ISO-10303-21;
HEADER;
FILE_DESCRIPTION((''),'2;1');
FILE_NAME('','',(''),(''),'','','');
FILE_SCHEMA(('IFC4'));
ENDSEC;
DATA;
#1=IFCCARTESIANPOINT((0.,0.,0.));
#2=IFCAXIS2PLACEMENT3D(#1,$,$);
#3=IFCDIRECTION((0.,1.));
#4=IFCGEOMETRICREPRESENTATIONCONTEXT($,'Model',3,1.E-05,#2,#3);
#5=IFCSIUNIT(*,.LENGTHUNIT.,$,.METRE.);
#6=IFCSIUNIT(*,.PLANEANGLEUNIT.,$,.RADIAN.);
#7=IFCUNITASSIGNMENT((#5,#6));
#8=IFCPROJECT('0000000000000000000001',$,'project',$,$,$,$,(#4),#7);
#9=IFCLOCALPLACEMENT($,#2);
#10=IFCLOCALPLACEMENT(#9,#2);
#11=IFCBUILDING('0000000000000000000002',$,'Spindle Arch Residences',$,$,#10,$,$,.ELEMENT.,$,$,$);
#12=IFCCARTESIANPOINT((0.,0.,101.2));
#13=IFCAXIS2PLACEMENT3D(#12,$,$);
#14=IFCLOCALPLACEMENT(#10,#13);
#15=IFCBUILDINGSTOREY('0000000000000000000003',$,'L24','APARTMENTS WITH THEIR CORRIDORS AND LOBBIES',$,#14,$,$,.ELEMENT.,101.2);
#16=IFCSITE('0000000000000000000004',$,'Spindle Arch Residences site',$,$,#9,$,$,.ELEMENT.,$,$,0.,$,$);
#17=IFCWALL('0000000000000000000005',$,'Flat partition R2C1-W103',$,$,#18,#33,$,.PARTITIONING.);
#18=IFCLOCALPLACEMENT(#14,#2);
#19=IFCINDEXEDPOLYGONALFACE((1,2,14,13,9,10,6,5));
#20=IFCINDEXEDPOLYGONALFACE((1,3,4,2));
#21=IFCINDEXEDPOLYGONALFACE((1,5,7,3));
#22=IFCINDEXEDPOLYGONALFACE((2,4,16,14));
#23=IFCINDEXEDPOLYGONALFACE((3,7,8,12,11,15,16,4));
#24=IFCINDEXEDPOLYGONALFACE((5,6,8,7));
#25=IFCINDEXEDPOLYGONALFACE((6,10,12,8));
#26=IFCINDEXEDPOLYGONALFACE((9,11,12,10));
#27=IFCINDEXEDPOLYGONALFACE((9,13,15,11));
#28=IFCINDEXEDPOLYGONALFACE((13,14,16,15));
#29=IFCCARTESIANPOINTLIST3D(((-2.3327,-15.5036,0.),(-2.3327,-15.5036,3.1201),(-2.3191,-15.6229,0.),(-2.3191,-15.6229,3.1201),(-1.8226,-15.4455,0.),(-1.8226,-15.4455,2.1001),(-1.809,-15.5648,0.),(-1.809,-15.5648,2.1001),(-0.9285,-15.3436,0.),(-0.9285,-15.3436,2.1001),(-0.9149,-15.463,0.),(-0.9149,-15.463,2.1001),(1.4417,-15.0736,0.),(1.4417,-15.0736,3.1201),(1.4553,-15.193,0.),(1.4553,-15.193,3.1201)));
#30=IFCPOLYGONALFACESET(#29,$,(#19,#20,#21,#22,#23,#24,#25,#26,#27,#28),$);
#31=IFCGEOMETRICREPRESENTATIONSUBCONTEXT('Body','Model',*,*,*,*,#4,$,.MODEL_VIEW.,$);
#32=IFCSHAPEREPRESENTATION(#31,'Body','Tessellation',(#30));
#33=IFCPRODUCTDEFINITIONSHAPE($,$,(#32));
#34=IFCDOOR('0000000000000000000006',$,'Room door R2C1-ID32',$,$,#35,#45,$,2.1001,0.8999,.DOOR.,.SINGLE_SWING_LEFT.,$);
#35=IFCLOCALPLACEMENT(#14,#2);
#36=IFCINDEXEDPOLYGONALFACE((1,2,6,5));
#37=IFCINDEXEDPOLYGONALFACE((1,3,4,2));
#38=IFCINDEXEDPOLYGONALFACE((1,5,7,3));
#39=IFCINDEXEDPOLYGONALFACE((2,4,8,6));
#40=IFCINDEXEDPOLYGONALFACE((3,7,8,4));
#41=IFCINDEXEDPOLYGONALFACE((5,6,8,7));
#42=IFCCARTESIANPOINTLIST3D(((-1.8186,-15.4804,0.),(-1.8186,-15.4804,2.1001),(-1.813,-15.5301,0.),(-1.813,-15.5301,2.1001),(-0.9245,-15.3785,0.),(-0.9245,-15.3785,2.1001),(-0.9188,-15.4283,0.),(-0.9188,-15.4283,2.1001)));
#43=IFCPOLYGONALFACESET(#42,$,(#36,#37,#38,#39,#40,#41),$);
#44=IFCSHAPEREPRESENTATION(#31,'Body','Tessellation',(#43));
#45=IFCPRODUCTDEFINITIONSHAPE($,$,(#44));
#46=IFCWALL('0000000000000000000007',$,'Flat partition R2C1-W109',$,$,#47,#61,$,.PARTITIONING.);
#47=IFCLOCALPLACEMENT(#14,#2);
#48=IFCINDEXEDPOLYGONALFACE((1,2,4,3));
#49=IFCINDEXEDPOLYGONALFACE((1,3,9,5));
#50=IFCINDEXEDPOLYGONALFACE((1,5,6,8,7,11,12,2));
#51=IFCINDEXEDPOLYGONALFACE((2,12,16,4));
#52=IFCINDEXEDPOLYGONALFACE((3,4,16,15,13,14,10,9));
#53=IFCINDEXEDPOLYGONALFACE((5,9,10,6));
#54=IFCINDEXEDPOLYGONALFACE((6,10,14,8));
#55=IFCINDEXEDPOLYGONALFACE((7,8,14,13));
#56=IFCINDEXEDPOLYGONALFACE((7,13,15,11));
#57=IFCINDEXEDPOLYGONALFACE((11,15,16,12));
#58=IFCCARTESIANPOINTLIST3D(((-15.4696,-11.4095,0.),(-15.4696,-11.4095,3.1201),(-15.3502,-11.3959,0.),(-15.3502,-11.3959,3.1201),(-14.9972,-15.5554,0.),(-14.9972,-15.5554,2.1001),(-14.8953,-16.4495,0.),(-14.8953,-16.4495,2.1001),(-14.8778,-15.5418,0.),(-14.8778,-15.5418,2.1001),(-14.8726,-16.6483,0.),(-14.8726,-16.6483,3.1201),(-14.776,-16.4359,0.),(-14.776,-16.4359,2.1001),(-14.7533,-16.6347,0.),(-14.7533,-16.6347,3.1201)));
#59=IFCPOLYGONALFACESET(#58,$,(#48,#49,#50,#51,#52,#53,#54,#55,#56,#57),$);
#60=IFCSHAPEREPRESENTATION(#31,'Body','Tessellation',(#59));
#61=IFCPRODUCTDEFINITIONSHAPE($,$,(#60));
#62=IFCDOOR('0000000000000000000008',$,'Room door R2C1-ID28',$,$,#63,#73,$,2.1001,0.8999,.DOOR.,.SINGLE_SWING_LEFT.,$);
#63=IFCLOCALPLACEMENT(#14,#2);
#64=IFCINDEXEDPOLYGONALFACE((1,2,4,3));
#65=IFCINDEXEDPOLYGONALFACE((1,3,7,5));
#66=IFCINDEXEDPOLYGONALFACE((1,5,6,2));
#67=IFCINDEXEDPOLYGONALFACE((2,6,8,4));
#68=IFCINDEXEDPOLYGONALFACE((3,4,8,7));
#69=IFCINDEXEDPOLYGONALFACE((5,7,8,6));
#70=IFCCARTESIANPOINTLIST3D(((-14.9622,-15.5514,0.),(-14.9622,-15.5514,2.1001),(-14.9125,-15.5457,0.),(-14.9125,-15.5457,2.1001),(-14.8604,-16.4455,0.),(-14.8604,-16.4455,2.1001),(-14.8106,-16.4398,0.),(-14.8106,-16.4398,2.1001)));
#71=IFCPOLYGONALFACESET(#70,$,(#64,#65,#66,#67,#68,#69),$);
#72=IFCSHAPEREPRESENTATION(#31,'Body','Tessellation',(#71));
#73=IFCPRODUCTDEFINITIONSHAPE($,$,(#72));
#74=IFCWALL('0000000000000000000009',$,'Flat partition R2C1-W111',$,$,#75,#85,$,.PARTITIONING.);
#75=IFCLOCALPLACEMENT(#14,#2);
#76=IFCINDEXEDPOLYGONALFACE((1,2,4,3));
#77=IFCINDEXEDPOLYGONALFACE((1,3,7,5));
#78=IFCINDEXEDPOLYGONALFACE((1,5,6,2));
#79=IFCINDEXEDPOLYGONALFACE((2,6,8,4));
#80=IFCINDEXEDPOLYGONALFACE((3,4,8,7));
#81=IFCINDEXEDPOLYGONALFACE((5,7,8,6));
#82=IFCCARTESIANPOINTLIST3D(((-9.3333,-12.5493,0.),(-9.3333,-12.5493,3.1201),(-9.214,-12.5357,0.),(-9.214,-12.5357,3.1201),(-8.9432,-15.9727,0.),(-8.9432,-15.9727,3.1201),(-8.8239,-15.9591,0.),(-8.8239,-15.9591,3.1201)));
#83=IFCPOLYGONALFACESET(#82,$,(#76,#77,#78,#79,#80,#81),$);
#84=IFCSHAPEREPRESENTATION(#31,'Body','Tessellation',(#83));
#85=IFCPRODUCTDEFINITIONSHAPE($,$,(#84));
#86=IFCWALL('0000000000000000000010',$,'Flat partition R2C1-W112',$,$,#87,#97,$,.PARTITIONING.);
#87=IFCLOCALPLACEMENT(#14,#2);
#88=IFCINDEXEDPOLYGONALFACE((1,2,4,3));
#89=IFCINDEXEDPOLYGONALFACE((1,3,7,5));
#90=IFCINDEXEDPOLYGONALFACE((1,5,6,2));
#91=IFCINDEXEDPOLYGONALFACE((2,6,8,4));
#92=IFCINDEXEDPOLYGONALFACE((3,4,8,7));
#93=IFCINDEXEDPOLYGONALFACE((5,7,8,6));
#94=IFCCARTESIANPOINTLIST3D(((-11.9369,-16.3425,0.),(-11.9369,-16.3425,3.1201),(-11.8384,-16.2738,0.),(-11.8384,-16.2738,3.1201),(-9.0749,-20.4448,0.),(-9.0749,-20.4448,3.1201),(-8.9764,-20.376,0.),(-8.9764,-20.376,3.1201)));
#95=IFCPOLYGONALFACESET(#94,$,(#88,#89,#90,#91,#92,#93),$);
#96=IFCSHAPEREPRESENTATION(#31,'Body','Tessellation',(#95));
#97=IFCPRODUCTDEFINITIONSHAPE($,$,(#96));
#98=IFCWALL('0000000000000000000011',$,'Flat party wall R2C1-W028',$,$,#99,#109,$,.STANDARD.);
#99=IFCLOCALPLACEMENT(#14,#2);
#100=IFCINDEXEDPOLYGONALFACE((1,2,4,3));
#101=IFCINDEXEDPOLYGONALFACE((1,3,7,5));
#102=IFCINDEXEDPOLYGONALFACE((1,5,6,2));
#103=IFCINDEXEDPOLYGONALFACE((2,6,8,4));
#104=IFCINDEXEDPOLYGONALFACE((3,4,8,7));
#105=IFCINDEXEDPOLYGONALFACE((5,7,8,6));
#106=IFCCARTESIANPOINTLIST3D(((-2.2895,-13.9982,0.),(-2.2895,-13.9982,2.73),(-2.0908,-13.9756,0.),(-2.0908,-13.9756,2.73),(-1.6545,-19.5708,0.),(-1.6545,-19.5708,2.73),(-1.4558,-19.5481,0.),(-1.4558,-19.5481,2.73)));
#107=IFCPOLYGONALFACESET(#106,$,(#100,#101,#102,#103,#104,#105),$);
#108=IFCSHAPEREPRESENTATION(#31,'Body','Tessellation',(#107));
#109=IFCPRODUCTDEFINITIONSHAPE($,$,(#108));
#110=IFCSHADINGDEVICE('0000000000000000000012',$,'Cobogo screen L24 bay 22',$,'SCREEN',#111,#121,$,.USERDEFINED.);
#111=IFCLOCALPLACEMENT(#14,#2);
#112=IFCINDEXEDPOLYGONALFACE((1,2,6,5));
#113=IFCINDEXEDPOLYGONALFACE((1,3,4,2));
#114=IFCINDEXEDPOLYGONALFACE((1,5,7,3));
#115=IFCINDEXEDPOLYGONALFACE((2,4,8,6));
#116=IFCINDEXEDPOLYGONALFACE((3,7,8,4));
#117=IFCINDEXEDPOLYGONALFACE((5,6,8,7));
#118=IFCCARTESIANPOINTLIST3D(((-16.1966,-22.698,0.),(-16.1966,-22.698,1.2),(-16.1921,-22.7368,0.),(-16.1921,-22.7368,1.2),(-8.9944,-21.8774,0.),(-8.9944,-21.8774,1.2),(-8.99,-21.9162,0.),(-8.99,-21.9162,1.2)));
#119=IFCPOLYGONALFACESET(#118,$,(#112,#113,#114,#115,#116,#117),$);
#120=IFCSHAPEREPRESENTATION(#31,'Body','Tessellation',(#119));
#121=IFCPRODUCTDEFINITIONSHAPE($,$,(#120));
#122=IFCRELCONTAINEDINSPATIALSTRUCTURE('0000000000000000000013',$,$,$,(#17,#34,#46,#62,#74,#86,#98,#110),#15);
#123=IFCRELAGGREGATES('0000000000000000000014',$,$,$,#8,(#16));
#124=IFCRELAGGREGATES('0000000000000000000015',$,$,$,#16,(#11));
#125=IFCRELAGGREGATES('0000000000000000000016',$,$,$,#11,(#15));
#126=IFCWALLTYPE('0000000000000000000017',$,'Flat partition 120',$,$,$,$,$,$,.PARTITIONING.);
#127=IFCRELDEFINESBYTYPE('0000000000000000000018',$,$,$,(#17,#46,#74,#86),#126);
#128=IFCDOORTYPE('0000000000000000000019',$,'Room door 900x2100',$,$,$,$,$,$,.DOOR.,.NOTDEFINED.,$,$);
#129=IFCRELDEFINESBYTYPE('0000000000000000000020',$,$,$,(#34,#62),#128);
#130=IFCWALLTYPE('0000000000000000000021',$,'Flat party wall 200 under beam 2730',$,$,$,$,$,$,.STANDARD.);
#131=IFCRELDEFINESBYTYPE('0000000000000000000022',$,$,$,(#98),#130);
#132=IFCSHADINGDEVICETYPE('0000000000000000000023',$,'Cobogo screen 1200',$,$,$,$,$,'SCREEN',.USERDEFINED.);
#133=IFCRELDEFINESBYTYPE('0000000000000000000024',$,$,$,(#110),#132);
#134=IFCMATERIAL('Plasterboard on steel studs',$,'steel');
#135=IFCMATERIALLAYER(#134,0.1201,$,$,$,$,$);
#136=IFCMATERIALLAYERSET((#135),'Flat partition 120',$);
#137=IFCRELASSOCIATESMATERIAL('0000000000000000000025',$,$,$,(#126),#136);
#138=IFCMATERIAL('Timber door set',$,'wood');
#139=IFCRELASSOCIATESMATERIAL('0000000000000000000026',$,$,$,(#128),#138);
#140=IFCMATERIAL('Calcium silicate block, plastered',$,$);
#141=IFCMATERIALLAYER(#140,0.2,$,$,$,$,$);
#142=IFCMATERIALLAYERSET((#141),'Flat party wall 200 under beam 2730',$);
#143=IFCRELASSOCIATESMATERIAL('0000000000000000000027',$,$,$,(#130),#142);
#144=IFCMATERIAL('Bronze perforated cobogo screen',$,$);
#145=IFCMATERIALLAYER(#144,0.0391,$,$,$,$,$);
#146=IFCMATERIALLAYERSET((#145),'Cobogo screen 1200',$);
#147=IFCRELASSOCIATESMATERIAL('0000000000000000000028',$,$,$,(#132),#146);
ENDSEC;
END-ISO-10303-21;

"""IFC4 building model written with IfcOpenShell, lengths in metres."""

from ifc_helpers import new_model, si_unit, direction, frame, frame_2d, origin, origin_2d, place, context, subcontext, project, spatial, rectangle, extrude, material, layer, layer_set, type_object, element, fill, save


model = new_model("IFC4")

# Units and contexts
model_context = context("Model", 3, precision=1e-05, world=origin(), true_north=direction((0.0, 1.0)))
body_context = subcontext(model_context, "Body", "Model", "MODEL_VIEW")
ifc_project = project(units=[si_unit("LENGTHUNIT", "METRE"), si_unit("PLANEANGLEUNIT", "RADIAN")], contexts=[model_context])

# Site, building, storey
site_placement = place(None, origin())
site = spatial("IfcSite", under=ifc_project, at=site_placement, Name="Spindle Arch Residences site", CompositionType="ELEMENT", RefElevation=0.0)
building_placement = place(site_placement, origin())
building = spatial("IfcBuilding", under=site, at=building_placement, Name="Spindle Arch Residences", CompositionType="ELEMENT")
storey_placement = place(building_placement, frame((0.0, 0.0, 101.2)))
storey = spatial("IfcBuildingStorey", under=building, at=storey_placement, Name="L24", Description="APARTMENTS WITH THEIR CORRIDORS AND LOBBIES", CompositionType="ELEMENT", Elevation=101.2)

# Walls, openings, doors
ifc_material_1 = material(Name="Plasterboard on steel studs", Category="steel")
ifc_layer_1 = layer(ifc_material_1, 0.1201)
ifc_layer_set_1 = layer_set([ifc_layer_1], Name="Flat partition 120")
wall_type_1 = type_object("IfcWallType", Name="Flat partition 120", PredefinedType="PARTITIONING", material=ifc_layer_set_1)
wall_1_placement = place(storey_placement, frame((-2.3259, -15.5632, 0.0), z_axis=(0.0, 0.0, 1.0), x_axis=(0.993575, 0.113175, 0.0)))
wall_1 = element("IfcWall", 1, at=wall_1_placement, inside=storey, type_object=wall_type_1, Name="Flat partition R2C1-W103", PredefinedType="PARTITIONING", context=body_context, shape_type="SweptSolid", body=[
    extrude(rectangle(XDim=3.7988, YDim=0.1201, at=frame_2d((1.8994, 0.0))), origin(), (0.0, 0.0, 1.0), 3.1201),
])
opening_1_placement = place(wall_1_placement, frame((0.5134, 0.0, 0.0)))
opening_1 = element("IfcOpeningElement", 2, at=opening_1_placement, cuts=wall_1, PredefinedType="OPENING", context=body_context, shape_type="SweptSolid", body=[
    extrude(rectangle(XDim=0.8999, YDim=2.1001, at=frame_2d((0.45, 1.05))), frame((0.0, 0.0701, 0.0), z_axis=(0.0, -1.0, 0.0), x_axis=(1.0, 0.0, 0.0)), (0.0, 0.0, 1.0), 0.1401),
])
ifc_material_2 = material(Name="Timber door set", Category="wood")
door_type_1 = type_object("IfcDoorType", Name="Room door 900x2100", OperationType="NOTDEFINED", PredefinedType="DOOR", material=ifc_material_2)
door_1_placement = place(opening_1_placement, origin())
door_1 = element("IfcDoor", 3, at=door_1_placement, inside=storey, type_object=door_type_1, Name="Room door R2C1-ID32", OperationType="SINGLE_SWING_LEFT", OverallHeight=2.1001, OverallWidth=0.8999, PredefinedType="DOOR", context=body_context, shape_type="SweptSolid", body=[
    extrude(rectangle(XDim=0.8999, YDim=2.1001, at=frame_2d((0.45, 1.05))), frame((0.0, 0.0249, 0.0), z_axis=(0.0, -1.0, 0.0), x_axis=(1.0, 0.0, 0.0)), (0.0, 0.0, 1.0), 0.05),
])
fill(opening_1, door_1)
wall_2_placement = place(storey_placement, frame((-14.813, -16.6414, 0.0), z_axis=(0.0, 0.0, 1.0), x_axis=(-0.113211, 0.993571, 0.0)))
wall_2 = element("IfcWall", 4, at=wall_2_placement, inside=storey, type_object=wall_type_1, Name="Flat partition R2C1-W109", PredefinedType="PARTITIONING", context=body_context, shape_type="SweptSolid", body=[
    extrude(rectangle(XDim=5.2727, YDim=0.1201, at=frame_2d((2.6362, 0.0))), origin(), (0.0, 0.0, 1.0), 3.1201),
])
opening_2_placement = place(wall_2_placement, frame((0.2, 0.0, 0.0)))
opening_2 = element("IfcOpeningElement", 5, at=opening_2_placement, cuts=wall_2, PredefinedType="OPENING", context=body_context, shape_type="SweptSolid", body=[
    extrude(rectangle(XDim=0.8999, YDim=2.1001, at=frame_2d((0.45, 1.05))), frame((0.0, 0.0701, 0.0), z_axis=(0.0, -1.0, 0.0), x_axis=(1.0, 0.0, 0.0)), (0.0, 0.0, 1.0), 0.1401),
])
door_2_placement = place(opening_2_placement, origin())
door_2 = element("IfcDoor", 6, at=door_2_placement, inside=storey, type_object=door_type_1, Name="Room door R2C1-ID28", OperationType="SINGLE_SWING_LEFT", OverallHeight=2.1001, OverallWidth=0.8999, PredefinedType="DOOR", context=body_context, shape_type="SweptSolid", body=[
    extrude(rectangle(XDim=0.8999, YDim=2.1001, at=frame_2d((0.45, 1.05))), frame((0.0, 0.0249, 0.0), z_axis=(0.0, -1.0, 0.0), x_axis=(1.0, 0.0, 0.0)), (0.0, 0.0, 1.0), 0.05),
])
fill(opening_2, door_2)

# Walls
wall_3_placement = place(storey_placement, frame((-8.8835, -15.9658, 0.0), z_axis=(0.0, 0.0, 1.0), x_axis=(-0.113231, 0.993569, 0.0)))
element("IfcWall", 7, at=wall_3_placement, inside=storey, type_object=wall_type_1, Name="Flat partition R2C1-W111", PredefinedType="PARTITIONING", context=body_context, shape_type="SweptSolid", body=[
    extrude(rectangle(XDim=3.4456, YDim=0.1201, at=frame_2d((1.7227, 0.0))), origin(), (0.0, 0.0, 1.0), 3.1201),
])
wall_4_placement = place(storey_placement, frame((-9.0256, -20.4104, 0.0), z_axis=(0.0, 0.0, 1.0), x_axis=(-0.572181, 0.820127, 0.0)))
element("IfcWall", 8, at=wall_4_placement, inside=storey, type_object=wall_type_1, Name="Flat partition R2C1-W112", PredefinedType="PARTITIONING", context=body_context, shape_type="SweptSolid", body=[
    extrude(rectangle(XDim=5.002, YDim=0.1201, at=frame_2d((2.501, 0.0))), origin(), (0.0, 0.0, 1.0), 3.1201),
])
ifc_material_3 = material(Name="Calcium silicate block, plastered")
ifc_layer_2 = layer(ifc_material_3, 0.2)
ifc_layer_set_2 = layer_set([ifc_layer_2], Name="Flat party wall 200 under beam 2730")
wall_type_2 = type_object("IfcWallType", Name="Flat party wall 200 under beam 2730", PredefinedType="STANDARD", material=ifc_layer_set_2)
wall_5_placement = place(storey_placement, frame((-1.5552, -19.5593, 0.0), z_axis=(0.0, 0.0, 1.0), x_axis=(-0.113221, 0.99357, 0.0)))
element("IfcWall", 9, at=wall_5_placement, inside=storey, type_object=wall_type_2, Name="Flat party wall R2C1-W028", PredefinedType="STANDARD", context=body_context, shape_type="SweptSolid", body=[
    extrude(rectangle(XDim=5.6086, YDim=0.2, at=frame_2d((2.8042, 0.0))), origin(), (0.0, 0.0, 1.0), 2.73),
])

# Shading device
ifc_material_4 = material(Name="Bronze perforated cobogo screen")
ifc_layer_3 = layer(ifc_material_4, 0.0391)
ifc_layer_set_3 = layer_set([ifc_layer_3], Name="Cobogo screen 1200")
shading_device_type = type_object("IfcShadingDeviceType", Name="Cobogo screen 1200", ElementType="SCREEN", PredefinedType="USERDEFINED", material=ifc_layer_set_3)
shading_device_placement = place(storey_placement, frame((-12.5933, -22.3071, 0.0), z_axis=(0.0, 0.0, 1.0), x_axis=(0.993572, 0.113203, 0.0)))
element("IfcShadingDevice", 10, at=shading_device_placement, inside=storey, type_object=shading_device_type, Name="Cobogo screen L24 bay 22", ObjectType="SCREEN", PredefinedType="USERDEFINED", context=body_context, shape_type="SweptSolid", body=[
    extrude(rectangle(XDim=7.2488, YDim=0.0391, at=origin_2d()), origin(), (0.0, 0.0, 1.0), 1.2),
])

save(model, "model.ifc")
